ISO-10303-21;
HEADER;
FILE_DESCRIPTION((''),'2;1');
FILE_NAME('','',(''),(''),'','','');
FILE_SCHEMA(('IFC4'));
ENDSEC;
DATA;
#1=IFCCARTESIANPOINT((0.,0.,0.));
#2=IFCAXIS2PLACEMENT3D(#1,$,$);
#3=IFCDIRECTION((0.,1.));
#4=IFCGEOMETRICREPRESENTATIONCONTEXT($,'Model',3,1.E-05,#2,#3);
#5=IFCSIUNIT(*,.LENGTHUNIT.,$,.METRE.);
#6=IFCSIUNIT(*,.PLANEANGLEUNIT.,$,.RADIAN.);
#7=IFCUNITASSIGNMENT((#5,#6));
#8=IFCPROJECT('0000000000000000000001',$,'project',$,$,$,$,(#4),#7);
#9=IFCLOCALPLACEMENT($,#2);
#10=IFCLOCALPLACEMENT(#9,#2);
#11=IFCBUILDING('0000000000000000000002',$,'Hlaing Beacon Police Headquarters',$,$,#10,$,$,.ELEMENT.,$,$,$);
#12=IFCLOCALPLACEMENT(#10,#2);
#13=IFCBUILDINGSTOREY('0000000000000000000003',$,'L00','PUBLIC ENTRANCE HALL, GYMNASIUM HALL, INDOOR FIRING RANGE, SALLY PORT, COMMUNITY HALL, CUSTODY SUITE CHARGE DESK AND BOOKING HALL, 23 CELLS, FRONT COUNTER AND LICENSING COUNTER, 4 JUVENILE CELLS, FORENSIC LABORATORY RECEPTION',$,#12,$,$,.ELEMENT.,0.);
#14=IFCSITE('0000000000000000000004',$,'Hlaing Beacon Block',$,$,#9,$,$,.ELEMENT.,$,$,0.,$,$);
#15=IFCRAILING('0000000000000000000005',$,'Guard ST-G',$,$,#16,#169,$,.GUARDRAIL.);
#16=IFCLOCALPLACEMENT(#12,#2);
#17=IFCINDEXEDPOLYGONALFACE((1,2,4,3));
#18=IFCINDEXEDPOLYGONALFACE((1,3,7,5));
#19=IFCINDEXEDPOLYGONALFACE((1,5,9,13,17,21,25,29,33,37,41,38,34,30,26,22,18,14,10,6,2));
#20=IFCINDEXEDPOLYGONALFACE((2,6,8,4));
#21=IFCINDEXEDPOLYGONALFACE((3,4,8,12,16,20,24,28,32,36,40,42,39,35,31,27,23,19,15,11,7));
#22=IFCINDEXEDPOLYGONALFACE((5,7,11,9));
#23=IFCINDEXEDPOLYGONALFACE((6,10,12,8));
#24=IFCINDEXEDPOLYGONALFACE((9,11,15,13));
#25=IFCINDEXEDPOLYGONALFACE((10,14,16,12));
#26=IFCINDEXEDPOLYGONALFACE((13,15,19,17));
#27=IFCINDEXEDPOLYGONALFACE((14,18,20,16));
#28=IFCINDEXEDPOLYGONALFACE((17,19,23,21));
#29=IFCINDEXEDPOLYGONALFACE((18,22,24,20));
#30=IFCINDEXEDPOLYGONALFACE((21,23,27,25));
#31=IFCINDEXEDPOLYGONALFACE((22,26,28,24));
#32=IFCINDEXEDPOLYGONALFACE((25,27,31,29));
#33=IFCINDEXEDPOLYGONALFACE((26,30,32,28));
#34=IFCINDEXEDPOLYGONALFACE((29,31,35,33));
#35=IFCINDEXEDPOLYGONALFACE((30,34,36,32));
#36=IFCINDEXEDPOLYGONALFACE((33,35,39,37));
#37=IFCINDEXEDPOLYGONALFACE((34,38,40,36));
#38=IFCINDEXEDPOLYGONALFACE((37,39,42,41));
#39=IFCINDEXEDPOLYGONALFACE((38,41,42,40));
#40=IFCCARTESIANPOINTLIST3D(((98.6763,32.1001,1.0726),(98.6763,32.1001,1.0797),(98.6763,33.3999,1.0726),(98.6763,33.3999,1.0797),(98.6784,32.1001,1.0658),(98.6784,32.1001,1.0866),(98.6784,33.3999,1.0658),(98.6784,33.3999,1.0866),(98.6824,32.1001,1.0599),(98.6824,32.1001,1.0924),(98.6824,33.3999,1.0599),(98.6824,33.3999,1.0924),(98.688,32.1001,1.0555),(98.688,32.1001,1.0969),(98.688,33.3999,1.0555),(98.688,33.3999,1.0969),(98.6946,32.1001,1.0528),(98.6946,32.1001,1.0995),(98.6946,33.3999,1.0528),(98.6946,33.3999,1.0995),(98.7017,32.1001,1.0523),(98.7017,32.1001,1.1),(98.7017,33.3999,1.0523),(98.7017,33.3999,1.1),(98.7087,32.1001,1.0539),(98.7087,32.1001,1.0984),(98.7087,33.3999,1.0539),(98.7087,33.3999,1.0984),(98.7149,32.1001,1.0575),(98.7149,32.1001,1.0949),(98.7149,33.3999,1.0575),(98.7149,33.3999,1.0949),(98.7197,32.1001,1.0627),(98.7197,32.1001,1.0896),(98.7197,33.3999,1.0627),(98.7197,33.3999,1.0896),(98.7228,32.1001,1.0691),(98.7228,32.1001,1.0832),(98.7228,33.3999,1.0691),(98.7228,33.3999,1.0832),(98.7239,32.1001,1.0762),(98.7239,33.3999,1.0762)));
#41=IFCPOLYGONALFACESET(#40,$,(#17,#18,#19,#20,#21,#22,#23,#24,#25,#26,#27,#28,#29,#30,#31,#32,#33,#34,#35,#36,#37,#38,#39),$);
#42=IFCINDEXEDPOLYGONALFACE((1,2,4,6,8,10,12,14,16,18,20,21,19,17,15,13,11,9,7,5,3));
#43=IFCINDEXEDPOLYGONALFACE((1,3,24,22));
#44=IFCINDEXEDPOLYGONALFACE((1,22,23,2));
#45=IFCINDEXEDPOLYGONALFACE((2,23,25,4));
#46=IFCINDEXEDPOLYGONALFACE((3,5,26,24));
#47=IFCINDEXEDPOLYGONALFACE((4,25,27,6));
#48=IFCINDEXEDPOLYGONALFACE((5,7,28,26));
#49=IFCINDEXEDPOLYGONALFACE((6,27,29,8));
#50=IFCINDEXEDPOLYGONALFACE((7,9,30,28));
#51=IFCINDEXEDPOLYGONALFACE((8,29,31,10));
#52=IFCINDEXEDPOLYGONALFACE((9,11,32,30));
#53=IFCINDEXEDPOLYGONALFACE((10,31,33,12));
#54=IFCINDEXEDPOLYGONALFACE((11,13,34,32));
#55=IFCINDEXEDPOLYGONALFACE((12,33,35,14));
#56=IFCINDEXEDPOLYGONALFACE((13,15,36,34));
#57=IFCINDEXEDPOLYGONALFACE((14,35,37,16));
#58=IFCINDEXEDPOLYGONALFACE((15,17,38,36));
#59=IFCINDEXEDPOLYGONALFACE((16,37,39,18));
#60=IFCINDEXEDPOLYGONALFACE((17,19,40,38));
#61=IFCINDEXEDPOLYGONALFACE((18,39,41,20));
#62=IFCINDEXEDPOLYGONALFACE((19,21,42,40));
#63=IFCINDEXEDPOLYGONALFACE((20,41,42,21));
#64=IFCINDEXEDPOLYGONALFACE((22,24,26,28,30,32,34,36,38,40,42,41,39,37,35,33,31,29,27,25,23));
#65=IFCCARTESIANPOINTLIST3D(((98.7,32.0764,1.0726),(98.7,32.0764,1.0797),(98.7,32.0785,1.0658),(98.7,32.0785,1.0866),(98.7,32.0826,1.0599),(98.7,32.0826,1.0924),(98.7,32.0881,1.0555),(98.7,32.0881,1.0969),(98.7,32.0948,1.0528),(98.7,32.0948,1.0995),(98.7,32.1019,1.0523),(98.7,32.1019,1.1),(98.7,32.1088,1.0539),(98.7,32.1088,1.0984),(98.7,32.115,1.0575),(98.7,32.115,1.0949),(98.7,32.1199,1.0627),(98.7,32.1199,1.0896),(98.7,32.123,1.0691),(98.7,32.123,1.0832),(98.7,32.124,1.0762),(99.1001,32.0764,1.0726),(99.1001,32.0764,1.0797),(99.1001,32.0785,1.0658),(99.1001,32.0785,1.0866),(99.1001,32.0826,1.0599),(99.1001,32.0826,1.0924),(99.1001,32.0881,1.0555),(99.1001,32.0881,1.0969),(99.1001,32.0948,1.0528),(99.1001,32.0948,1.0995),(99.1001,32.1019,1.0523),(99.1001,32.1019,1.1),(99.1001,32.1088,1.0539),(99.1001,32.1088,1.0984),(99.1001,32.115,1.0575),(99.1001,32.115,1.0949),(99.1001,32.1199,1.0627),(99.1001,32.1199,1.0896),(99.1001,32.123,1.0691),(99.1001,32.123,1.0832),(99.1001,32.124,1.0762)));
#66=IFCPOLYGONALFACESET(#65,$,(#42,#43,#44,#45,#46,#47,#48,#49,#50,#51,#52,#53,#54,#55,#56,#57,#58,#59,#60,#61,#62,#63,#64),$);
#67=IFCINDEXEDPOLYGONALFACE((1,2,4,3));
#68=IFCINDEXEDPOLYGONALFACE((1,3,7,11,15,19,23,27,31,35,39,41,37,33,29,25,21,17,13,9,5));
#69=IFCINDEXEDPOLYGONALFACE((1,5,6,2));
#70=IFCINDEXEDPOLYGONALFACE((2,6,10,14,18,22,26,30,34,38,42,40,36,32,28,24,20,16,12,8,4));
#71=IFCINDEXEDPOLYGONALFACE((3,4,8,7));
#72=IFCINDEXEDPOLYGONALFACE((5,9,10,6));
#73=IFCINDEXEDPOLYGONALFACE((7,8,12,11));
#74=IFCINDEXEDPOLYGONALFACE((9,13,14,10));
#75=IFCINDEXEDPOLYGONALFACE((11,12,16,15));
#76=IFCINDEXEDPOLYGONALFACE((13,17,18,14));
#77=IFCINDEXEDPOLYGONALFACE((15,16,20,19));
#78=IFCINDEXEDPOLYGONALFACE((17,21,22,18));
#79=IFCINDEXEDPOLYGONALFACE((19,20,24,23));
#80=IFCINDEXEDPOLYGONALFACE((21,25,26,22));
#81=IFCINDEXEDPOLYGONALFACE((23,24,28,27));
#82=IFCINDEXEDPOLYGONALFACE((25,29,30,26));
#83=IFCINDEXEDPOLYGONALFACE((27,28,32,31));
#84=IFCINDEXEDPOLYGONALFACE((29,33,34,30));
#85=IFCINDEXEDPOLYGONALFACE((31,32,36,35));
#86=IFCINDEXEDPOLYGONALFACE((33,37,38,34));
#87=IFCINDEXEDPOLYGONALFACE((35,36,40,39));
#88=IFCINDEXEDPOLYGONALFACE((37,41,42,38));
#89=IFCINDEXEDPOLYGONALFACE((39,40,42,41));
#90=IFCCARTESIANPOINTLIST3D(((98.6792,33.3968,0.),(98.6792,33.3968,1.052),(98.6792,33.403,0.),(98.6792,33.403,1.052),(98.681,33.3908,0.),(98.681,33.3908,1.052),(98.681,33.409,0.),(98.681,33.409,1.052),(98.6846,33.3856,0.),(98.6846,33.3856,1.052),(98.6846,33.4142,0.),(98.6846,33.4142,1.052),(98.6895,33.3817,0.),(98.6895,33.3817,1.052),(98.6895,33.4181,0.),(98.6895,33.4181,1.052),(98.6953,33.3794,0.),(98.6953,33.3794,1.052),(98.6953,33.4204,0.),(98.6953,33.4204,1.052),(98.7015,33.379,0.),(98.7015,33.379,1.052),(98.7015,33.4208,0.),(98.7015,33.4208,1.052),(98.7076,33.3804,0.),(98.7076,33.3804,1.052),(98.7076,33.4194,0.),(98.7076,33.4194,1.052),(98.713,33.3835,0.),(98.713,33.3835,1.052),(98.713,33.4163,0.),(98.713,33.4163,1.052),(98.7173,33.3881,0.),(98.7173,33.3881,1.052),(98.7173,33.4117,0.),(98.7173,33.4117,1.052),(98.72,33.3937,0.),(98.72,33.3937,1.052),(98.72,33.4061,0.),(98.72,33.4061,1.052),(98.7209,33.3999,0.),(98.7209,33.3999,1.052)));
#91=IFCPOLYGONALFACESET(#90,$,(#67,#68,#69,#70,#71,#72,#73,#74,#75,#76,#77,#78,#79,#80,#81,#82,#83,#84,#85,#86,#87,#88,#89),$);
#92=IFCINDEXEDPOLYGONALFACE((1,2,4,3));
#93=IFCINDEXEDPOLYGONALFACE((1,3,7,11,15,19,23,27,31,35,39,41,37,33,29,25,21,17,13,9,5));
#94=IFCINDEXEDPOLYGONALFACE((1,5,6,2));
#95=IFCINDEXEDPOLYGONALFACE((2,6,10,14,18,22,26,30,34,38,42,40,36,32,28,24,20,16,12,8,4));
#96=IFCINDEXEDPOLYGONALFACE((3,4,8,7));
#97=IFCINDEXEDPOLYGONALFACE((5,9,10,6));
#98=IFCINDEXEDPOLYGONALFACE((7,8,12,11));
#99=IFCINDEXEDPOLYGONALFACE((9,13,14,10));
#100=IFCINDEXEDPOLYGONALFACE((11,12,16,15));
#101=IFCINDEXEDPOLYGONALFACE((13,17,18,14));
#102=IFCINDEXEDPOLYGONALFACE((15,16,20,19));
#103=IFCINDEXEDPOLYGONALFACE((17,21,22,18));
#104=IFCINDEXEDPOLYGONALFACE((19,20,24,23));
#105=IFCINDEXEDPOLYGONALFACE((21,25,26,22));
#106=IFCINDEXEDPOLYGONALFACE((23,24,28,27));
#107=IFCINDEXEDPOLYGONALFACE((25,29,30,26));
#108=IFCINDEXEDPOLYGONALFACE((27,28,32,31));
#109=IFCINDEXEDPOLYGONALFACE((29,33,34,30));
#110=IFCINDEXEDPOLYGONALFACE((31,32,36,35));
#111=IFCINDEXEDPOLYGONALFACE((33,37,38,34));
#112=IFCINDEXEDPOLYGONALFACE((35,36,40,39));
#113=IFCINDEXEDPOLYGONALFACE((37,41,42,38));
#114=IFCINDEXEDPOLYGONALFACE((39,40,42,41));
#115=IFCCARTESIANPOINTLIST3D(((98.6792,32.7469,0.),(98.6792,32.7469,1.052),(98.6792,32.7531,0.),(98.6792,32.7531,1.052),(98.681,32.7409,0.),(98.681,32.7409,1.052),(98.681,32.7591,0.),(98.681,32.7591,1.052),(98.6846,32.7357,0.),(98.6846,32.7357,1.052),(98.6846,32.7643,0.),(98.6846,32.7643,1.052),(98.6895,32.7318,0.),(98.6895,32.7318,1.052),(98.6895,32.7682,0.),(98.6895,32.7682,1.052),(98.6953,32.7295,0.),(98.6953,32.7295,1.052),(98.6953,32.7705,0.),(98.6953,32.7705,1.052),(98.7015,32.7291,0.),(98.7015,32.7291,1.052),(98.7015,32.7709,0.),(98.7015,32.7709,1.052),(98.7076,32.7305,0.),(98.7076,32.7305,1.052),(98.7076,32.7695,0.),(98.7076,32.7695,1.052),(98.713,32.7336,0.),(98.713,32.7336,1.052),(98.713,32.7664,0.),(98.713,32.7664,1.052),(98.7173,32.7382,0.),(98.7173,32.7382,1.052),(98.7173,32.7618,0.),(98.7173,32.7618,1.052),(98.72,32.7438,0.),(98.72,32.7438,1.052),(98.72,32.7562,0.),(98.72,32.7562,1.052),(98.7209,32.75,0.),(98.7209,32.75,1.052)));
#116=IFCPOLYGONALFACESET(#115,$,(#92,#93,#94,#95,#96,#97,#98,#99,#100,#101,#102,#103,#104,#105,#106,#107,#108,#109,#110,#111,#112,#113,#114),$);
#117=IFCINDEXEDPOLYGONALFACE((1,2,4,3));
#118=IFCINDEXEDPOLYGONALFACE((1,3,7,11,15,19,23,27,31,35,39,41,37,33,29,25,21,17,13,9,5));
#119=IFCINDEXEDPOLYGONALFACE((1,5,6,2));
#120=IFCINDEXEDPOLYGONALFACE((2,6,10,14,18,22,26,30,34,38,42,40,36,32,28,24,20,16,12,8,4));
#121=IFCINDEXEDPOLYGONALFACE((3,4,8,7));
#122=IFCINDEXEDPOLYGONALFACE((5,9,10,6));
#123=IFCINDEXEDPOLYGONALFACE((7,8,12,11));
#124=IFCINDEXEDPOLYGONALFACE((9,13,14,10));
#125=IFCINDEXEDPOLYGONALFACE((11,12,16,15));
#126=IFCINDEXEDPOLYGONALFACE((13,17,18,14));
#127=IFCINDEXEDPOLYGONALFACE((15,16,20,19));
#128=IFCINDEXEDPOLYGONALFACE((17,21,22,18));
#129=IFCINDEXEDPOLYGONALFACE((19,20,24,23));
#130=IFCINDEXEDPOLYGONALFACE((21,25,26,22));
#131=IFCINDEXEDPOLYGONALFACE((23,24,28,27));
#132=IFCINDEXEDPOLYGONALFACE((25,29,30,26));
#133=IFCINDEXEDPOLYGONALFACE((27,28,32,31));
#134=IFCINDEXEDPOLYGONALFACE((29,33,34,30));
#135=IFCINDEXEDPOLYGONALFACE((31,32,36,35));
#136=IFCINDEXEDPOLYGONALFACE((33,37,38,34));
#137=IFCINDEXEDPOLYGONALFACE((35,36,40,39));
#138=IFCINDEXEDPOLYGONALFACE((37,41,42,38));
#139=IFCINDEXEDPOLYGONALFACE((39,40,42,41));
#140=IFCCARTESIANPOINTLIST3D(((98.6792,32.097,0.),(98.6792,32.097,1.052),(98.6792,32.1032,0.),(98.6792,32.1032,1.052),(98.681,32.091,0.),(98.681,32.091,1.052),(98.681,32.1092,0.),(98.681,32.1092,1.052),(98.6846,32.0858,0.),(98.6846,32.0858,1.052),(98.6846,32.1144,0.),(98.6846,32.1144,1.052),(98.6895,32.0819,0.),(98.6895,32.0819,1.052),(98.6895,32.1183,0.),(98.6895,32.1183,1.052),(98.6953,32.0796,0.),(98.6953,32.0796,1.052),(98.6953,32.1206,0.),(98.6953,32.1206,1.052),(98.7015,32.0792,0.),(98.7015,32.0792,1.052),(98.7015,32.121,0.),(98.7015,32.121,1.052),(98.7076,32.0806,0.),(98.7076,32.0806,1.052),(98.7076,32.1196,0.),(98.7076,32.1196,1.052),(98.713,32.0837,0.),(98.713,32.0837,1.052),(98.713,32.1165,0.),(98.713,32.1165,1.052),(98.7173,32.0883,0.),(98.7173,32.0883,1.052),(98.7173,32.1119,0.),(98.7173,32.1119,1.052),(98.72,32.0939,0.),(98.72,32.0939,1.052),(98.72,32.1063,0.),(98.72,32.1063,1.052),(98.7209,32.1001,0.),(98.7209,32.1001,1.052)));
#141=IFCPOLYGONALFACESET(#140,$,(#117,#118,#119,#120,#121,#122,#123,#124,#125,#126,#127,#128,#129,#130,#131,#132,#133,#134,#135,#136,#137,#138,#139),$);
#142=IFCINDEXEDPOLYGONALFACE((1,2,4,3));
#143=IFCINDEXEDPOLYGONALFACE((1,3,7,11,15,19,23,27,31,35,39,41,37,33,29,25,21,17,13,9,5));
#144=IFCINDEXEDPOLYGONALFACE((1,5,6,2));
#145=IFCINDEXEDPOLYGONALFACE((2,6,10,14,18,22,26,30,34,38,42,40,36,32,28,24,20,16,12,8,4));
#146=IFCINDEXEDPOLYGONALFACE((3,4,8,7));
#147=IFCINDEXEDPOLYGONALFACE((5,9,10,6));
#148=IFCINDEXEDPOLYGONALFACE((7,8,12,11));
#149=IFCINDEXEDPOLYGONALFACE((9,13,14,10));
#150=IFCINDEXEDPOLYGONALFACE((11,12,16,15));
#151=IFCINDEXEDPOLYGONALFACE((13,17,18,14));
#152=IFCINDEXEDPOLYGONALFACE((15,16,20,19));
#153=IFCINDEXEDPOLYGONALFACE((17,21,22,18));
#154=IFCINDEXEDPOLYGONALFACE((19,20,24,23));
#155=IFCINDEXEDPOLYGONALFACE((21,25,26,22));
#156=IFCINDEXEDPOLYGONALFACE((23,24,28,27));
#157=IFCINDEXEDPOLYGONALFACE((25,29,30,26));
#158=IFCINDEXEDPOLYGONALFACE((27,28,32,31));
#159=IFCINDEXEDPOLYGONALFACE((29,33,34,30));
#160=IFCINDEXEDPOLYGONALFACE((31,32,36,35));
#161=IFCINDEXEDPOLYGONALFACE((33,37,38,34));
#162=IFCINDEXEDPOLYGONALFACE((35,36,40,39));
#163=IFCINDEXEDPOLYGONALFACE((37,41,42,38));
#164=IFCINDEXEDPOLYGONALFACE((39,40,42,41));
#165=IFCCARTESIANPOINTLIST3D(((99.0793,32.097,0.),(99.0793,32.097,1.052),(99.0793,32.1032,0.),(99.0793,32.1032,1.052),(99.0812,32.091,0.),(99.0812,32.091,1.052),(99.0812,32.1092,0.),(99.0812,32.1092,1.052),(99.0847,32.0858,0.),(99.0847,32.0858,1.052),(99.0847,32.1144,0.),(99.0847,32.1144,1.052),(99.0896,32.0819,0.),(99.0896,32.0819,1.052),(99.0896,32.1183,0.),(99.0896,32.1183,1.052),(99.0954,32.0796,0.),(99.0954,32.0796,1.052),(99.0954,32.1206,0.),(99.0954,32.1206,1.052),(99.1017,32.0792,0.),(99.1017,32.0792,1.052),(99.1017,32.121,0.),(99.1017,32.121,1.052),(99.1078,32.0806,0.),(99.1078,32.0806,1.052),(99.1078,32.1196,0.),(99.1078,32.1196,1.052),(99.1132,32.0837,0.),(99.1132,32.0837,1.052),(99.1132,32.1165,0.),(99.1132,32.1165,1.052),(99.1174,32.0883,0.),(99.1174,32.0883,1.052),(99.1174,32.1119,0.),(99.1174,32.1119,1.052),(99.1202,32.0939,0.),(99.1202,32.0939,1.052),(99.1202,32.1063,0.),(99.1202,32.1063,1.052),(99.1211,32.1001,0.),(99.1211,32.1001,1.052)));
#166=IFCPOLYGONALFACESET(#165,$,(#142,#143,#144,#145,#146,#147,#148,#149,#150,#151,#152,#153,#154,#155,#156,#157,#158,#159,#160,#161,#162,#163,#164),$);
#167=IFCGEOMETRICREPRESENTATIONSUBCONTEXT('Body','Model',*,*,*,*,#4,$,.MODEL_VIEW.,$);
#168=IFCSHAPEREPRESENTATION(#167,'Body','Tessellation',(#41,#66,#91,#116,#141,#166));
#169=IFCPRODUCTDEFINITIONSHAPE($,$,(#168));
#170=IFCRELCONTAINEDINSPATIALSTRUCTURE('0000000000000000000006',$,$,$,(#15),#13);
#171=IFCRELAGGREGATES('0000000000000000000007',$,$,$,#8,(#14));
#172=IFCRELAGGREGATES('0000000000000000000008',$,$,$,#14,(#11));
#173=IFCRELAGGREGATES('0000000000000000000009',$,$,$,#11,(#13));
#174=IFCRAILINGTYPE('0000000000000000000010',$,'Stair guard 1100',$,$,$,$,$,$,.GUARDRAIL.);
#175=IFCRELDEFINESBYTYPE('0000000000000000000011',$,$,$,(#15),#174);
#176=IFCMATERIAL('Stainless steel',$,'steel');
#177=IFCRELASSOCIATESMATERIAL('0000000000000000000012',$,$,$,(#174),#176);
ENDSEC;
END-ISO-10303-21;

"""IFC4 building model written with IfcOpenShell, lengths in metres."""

from ifc_helpers import new_model, si_unit, direction, frame, origin, origin_2d, place, context, subcontext, project, spatial, circle, extrude, material, type_object, element, save


model = new_model("IFC4")

# Units and contexts
model_context = context("Model", 3, precision=1e-05, world=origin(), true_north=direction((0.0, 1.0)))
body_context = subcontext(model_context, "Body", "Model", "MODEL_VIEW")
ifc_project = project(units=[si_unit("LENGTHUNIT", "METRE"), si_unit("PLANEANGLEUNIT", "RADIAN")], contexts=[model_context])

# Site, building, storey
site_placement = place(None, origin())
site = spatial("IfcSite", under=ifc_project, at=site_placement, Name="Hlaing Beacon Block", CompositionType="ELEMENT", RefElevation=0.0)
building_placement = place(site_placement, origin())
building = spatial("IfcBuilding", under=site, at=building_placement, Name="Hlaing Beacon Police Headquarters", CompositionType="ELEMENT")
storey_placement = place(building_placement, origin())
storey = spatial("IfcBuildingStorey", under=building, at=storey_placement, Name="L00", Description="PUBLIC ENTRANCE HALL, GYMNASIUM HALL, INDOOR FIRING RANGE, SALLY PORT, COMMUNITY HALL, CUSTODY SUITE CHARGE DESK AND BOOKING HALL, 23 CELLS, FRONT COUNTER AND LICENSING COUNTER, 4 JUVENILE CELLS, FORENSIC LABORATORY RECEPTION", CompositionType="ELEMENT", Elevation=0.0)

# Railing
ifc_material_1 = material(Name="Stainless steel", Category="steel")
railing_type_1 = type_object("IfcRailingType", Name="Stair guard 1100", PredefinedType="GUARDRAIL", material=ifc_material_1)
railing_1_placement = place(storey_placement, frame((98.7, 33.3999, 0.0)))
element("IfcRailing", 1, at=railing_1_placement, inside=storey, type_object=railing_type_1, Name="Guard ST-G", PredefinedType="GUARDRAIL", context=body_context, shape_type="SweptSolid", body=[
    extrude(circle(Radius=0.0239, at=origin_2d()), frame((0.0, 0.0, 1.0762), z_axis=(0.0, -1.0, 0.0), x_axis=(1.0, 0.0, 0.0)), (0.0, 0.0, 1.0), 1.2998),
    extrude(circle(Radius=0.0239, at=origin_2d()), frame((0.0, -1.2998, 1.0762), z_axis=(1.0, 0.0, 0.0), x_axis=(0.0, 1.0, 0.0)), (0.0, 0.0, 1.0), 0.4001),
    extrude(circle(Radius=0.021, at=origin_2d()), origin(), (0.0, 0.0, 1.0), 1.052),
    extrude(circle(Radius=0.021, at=origin_2d()), frame((0.0, -0.6499, 0.0)), (0.0, 0.0, 1.0), 1.052),
    extrude(circle(Radius=0.021, at=origin_2d()), frame((0.0, -1.2998, 0.0)), (0.0, 0.0, 1.0), 1.052),
    extrude(circle(Radius=0.021, at=origin_2d()), frame((0.4001, -1.2998, 0.0)), (0.0, 0.0, 1.0), 1.052),
])

save(model, "model.ifc")
